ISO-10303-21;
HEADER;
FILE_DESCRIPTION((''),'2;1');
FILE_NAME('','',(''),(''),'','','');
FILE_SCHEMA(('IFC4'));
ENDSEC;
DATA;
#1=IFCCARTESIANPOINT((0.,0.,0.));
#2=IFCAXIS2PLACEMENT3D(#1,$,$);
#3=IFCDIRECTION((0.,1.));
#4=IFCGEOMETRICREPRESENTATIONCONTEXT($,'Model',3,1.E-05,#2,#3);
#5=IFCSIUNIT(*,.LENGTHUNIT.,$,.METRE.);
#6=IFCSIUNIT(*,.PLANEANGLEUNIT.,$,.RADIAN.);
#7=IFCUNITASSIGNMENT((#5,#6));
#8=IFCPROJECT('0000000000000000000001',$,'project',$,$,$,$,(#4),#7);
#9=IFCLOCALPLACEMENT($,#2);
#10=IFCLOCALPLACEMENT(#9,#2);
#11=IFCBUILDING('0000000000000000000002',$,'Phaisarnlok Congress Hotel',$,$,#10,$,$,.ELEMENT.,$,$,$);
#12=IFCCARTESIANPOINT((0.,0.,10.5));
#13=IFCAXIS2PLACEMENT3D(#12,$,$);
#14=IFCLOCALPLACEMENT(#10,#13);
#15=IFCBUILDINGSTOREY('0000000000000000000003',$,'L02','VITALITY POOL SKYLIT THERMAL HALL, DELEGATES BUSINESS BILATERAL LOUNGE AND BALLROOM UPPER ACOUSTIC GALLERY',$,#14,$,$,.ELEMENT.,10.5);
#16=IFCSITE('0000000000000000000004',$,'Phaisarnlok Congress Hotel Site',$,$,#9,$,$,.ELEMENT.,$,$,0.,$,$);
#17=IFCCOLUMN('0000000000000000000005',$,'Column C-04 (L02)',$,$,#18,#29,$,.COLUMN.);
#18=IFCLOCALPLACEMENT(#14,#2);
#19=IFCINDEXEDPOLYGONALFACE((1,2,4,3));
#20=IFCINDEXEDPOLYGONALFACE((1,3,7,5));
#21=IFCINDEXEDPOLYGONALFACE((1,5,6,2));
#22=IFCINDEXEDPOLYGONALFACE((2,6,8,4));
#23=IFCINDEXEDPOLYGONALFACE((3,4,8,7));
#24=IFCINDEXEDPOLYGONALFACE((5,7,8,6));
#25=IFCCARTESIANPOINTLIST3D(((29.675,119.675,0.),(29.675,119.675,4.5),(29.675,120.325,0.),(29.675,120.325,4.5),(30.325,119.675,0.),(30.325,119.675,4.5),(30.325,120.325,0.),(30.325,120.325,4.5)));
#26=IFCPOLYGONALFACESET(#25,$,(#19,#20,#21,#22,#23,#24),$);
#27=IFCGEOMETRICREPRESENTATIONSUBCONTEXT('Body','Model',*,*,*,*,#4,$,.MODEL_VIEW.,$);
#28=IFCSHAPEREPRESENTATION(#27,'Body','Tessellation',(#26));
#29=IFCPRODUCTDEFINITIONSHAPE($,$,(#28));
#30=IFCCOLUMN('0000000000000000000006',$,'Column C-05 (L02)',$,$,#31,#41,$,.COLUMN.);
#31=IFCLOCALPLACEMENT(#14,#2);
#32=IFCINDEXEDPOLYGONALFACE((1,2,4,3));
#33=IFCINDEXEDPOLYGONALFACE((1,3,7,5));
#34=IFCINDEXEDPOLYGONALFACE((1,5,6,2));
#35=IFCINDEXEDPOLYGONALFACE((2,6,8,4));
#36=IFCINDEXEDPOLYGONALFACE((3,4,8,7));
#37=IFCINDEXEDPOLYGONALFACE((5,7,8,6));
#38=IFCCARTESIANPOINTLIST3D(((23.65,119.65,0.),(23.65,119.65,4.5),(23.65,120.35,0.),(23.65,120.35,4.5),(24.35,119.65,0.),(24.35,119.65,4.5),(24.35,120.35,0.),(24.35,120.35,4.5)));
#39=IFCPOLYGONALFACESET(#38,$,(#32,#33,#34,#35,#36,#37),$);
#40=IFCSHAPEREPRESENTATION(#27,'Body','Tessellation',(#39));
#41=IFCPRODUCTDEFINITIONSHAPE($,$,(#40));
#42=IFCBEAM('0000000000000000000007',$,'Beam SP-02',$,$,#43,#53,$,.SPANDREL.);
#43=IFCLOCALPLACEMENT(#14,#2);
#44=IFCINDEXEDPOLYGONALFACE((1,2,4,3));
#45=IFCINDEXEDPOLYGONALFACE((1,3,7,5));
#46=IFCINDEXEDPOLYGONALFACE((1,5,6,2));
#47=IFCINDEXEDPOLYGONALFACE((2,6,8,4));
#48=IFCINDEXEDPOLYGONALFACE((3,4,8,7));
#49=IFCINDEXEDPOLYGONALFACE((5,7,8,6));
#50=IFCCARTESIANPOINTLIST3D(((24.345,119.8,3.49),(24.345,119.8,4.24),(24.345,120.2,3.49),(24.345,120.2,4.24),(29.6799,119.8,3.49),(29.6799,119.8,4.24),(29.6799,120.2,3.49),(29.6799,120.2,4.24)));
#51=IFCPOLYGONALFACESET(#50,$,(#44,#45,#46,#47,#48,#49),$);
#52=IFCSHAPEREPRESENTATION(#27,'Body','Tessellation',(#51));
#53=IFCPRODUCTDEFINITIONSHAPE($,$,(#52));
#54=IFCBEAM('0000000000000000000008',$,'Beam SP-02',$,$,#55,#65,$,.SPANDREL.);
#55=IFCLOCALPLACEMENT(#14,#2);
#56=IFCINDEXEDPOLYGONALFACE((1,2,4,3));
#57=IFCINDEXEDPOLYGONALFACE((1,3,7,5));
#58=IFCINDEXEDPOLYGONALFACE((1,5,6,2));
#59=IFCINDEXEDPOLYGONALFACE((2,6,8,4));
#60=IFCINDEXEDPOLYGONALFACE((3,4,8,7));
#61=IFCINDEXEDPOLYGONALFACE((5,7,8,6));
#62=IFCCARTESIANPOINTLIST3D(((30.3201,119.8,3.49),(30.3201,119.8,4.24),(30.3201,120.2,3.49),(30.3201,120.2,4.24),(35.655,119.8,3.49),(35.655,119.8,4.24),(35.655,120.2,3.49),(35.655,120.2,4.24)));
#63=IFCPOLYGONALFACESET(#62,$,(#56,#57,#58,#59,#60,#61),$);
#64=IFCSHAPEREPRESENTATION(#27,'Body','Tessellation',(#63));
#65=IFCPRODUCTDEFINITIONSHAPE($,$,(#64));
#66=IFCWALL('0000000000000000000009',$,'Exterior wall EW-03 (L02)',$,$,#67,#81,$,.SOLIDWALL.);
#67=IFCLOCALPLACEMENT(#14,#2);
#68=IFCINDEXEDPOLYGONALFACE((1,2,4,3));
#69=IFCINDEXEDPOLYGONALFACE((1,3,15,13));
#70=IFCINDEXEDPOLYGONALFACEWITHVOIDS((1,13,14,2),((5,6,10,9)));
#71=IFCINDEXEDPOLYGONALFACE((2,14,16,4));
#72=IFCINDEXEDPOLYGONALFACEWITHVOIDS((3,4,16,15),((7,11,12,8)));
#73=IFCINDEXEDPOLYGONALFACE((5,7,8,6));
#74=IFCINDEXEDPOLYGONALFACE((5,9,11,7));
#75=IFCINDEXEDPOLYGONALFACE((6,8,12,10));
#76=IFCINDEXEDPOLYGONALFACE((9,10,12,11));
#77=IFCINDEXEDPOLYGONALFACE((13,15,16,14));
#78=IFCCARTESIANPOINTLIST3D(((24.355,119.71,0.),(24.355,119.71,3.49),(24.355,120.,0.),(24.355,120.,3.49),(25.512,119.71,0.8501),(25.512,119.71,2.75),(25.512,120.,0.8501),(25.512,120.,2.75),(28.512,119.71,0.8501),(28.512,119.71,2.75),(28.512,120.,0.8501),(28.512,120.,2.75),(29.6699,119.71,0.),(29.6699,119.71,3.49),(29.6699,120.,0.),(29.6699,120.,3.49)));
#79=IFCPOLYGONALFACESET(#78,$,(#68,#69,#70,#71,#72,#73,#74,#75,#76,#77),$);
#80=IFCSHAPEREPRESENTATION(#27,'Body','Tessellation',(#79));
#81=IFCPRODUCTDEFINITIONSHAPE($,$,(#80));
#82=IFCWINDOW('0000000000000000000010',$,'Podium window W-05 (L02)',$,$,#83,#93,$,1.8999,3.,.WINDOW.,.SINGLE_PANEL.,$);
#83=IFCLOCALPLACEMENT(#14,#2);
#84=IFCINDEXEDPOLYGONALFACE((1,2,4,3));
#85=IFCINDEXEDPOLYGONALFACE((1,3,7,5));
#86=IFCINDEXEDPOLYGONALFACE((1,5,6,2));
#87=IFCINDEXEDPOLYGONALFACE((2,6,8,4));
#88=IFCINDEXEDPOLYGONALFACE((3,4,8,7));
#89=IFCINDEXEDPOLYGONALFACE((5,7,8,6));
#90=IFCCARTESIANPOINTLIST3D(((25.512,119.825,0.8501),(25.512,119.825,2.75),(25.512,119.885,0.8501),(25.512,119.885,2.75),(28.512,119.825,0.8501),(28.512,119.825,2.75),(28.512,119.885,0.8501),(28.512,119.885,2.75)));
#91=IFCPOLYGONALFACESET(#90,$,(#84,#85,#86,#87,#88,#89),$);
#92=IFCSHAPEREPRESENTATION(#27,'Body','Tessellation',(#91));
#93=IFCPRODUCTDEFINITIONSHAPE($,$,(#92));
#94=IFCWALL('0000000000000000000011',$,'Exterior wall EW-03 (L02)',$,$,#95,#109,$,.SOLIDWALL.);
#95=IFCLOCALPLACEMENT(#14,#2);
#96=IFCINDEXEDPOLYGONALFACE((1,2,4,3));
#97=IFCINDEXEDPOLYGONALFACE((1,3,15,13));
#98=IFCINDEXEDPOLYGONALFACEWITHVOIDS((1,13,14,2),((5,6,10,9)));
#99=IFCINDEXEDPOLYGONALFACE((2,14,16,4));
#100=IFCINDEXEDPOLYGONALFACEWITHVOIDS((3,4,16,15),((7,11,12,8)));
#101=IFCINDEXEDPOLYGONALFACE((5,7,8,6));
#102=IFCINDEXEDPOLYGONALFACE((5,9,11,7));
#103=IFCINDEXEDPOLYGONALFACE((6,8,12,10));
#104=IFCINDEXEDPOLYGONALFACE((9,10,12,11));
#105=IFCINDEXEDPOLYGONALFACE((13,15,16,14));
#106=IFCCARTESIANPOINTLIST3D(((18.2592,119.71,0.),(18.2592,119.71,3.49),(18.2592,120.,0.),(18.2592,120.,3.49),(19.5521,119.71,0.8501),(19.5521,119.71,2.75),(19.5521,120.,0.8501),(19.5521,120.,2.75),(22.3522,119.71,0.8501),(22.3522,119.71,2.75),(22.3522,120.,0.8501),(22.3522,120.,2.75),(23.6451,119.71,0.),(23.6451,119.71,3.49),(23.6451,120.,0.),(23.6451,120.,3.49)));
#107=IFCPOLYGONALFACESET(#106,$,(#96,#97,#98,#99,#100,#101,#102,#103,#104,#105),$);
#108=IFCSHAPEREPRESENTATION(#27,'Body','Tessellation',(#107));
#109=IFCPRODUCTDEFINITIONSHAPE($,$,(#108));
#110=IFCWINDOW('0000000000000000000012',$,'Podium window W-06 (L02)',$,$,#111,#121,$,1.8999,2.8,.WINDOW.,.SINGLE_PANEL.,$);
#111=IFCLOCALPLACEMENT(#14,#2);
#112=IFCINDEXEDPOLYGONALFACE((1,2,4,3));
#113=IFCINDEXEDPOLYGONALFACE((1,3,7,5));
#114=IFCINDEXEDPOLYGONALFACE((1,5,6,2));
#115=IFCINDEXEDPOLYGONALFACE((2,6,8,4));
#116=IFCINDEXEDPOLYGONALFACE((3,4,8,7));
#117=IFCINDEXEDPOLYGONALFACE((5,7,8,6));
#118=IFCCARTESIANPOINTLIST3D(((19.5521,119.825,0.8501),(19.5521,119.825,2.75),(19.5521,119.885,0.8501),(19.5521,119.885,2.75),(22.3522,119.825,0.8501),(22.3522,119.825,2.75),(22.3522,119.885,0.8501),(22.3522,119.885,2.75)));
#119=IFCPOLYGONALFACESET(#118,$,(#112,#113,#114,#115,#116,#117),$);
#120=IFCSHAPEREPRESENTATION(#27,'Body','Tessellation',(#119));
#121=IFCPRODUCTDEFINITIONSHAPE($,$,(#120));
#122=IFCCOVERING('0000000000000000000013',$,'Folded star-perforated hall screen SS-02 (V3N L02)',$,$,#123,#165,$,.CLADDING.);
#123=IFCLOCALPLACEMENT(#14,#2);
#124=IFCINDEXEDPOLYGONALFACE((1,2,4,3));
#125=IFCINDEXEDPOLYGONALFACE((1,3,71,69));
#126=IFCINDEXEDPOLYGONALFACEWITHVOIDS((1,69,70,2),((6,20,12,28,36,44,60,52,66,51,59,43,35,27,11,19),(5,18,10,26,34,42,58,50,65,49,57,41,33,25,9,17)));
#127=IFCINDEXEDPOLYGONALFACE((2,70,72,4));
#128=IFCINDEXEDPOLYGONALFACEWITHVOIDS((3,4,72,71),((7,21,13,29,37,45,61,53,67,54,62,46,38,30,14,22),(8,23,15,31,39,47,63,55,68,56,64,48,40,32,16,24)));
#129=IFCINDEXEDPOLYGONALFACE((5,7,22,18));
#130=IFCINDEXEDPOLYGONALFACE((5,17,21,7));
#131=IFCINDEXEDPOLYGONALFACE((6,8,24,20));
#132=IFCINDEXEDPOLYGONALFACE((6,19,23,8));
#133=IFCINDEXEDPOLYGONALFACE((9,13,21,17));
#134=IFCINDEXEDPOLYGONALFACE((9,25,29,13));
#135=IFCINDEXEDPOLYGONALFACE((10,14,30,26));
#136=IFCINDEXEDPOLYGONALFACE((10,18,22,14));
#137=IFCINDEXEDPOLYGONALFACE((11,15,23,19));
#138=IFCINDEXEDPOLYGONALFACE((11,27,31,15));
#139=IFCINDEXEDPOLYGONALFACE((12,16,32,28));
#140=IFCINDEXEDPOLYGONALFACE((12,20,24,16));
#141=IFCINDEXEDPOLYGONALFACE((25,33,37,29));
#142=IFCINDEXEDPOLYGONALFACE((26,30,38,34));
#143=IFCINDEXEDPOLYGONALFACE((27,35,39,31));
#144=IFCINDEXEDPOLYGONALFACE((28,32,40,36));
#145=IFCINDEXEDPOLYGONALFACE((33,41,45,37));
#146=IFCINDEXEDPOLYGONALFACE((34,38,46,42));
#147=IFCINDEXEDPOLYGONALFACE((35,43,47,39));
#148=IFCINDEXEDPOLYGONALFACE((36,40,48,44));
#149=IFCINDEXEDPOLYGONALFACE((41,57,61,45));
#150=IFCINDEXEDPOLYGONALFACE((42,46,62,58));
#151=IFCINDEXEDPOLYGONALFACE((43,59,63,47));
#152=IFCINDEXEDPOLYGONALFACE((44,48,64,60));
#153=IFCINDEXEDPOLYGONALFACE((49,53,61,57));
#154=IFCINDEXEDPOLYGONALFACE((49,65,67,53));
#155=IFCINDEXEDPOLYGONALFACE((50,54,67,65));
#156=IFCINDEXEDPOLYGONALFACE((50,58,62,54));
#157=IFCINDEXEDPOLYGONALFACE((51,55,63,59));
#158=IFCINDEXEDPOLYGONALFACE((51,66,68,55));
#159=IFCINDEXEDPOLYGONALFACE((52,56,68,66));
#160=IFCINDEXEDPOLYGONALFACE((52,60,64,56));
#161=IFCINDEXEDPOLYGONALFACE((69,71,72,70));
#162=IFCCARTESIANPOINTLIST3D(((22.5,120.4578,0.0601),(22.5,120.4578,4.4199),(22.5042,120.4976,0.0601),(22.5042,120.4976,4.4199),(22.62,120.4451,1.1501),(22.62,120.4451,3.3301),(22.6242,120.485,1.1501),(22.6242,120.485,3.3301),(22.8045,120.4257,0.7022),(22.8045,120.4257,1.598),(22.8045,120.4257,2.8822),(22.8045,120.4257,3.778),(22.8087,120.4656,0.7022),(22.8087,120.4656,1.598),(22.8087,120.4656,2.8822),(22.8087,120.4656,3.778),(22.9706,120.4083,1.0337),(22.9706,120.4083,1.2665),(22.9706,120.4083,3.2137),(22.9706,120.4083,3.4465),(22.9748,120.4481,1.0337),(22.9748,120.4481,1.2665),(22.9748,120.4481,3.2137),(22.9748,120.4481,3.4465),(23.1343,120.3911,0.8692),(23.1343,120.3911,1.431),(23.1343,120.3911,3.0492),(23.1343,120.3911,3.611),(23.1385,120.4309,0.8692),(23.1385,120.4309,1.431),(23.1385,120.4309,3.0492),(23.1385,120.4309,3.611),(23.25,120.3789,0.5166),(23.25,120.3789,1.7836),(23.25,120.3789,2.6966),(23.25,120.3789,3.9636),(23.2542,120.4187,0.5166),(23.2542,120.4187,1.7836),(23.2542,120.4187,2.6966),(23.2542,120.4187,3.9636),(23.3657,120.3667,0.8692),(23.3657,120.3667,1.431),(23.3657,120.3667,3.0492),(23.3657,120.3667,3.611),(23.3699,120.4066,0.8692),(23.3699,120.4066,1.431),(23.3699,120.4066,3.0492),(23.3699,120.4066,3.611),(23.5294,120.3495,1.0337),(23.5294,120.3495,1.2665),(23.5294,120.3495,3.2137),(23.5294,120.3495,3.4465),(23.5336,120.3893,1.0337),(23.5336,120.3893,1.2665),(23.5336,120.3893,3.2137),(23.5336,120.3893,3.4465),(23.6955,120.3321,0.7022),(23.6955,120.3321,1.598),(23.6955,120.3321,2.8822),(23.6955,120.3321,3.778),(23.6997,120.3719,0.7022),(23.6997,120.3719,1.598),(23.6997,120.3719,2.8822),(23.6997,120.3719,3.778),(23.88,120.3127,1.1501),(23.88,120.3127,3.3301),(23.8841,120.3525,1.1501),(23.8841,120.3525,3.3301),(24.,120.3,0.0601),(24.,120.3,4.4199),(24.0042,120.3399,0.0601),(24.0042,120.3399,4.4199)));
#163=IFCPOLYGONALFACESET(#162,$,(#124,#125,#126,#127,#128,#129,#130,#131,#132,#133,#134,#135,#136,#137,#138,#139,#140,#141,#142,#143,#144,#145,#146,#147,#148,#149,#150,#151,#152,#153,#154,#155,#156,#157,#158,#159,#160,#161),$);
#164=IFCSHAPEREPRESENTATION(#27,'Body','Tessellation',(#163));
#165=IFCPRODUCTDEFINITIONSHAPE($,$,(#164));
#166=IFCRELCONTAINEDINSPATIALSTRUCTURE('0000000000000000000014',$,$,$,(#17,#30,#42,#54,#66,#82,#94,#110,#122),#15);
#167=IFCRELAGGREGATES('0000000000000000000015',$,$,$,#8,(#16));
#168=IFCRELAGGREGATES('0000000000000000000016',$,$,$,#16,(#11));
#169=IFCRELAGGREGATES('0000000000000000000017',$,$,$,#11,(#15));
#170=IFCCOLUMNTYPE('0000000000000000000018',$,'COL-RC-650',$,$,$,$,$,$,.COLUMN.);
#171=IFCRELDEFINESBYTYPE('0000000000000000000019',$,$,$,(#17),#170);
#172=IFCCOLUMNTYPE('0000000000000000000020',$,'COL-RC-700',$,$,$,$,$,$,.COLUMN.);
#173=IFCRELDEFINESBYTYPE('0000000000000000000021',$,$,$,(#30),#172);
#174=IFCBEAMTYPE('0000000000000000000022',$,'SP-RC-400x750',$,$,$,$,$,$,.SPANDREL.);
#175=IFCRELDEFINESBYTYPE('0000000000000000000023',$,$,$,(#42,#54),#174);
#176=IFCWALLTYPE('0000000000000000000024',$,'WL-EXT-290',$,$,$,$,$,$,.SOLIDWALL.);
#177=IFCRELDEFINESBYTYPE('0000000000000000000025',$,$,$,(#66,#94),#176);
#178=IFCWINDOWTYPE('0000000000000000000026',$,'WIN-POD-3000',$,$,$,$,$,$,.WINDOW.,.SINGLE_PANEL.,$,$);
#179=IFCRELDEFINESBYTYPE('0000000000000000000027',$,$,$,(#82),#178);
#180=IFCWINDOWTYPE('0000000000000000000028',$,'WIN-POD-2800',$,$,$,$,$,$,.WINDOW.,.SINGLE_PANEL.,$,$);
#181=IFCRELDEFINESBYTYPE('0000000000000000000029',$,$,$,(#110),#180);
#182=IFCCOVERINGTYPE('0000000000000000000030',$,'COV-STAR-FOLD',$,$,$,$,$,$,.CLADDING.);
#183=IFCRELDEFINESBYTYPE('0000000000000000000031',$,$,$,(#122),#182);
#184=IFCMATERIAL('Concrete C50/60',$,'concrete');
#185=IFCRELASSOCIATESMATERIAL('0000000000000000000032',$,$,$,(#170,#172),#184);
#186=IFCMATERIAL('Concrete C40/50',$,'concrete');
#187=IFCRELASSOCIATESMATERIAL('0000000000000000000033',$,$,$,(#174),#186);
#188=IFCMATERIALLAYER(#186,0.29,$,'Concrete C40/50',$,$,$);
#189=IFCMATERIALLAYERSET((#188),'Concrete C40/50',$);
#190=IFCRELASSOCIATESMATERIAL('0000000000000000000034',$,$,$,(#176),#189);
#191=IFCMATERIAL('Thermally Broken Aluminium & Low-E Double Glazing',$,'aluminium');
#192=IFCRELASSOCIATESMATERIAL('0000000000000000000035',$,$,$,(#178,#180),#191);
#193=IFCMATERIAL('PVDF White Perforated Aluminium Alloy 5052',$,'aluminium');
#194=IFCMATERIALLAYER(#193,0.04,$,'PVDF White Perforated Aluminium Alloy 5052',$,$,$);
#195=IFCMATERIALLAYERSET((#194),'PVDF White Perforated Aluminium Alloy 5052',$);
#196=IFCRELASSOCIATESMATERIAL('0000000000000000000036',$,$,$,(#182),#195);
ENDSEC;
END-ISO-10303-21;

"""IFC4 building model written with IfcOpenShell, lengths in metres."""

from ifc_helpers import new_model, si_unit, direction, frame, frame_2d, origin, origin_2d, place, context, subcontext, project, spatial, polyline, rectangle, outline, extrude, material, layer, layer_set, material_profile, profile_set, type_object, element, fill, save


model = new_model("IFC4")

# Units and contexts
model_context = context("Model", 3, precision=1e-05, world=origin(), true_north=direction((0.0, 1.0)))
body_context = subcontext(model_context, "Body", "Model", "MODEL_VIEW")
ifc_project = project(units=[si_unit("LENGTHUNIT", "METRE"), si_unit("PLANEANGLEUNIT", "RADIAN")], contexts=[model_context])

# Site, building, storey
site_placement = place(None, origin())
site = spatial("IfcSite", under=ifc_project, at=site_placement, Name="Phaisarnlok Congress Hotel Site", CompositionType="ELEMENT", RefElevation=0.0)
building_placement = place(site_placement, origin())
building = spatial("IfcBuilding", under=site, at=building_placement, Name="Phaisarnlok Congress Hotel", CompositionType="ELEMENT")
storey_placement = place(building_placement, frame((0.0, 0.0, 10.5)))
storey = spatial("IfcBuildingStorey", under=building, at=storey_placement, Name="L02", Description="VITALITY POOL SKYLIT THERMAL HALL, DELEGATES BUSINESS BILATERAL LOUNGE AND BALLROOM UPPER ACOUSTIC GALLERY", CompositionType="ELEMENT", Elevation=10.5)

# Columns
ifc_material_1 = material(Name="Concrete C50/60", Category="concrete")
ifc_material_profile_1 = material_profile(ifc_material_1, rectangle(XDim=0.6499, YDim=0.6499, at=origin_2d()), Name="RC 650x650")
ifc_profile_set_1 = profile_set([ifc_material_profile_1], Name="Concrete C50/60")
column_type_1 = type_object("IfcColumnType", Name="COL-RC-650", PredefinedType="COLUMN", material=ifc_profile_set_1)
column_1_placement = place(storey_placement, frame((30.0, 120.0, 0.0), z_axis=(0.0, 0.0, 1.0), x_axis=(1.0, 0.0, 0.0)))
element("IfcColumn", 1, at=column_1_placement, inside=storey, type_object=column_type_1, Name="Column C-04 (L02)", PredefinedType="COLUMN", context=body_context, shape_type="SweptSolid", body=[
    extrude(rectangle(XDim=0.6499, YDim=0.6499, at=origin_2d()), origin(), (0.0, 0.0, 1.0), 4.5),
])
ifc_material_profile_2 = material_profile(ifc_material_1, rectangle(XDim=0.7, YDim=0.7, at=origin_2d()), Name="RC 700x700")
ifc_profile_set_2 = profile_set([ifc_material_profile_2], Name="Concrete C50/60")
column_type_2 = type_object("IfcColumnType", Name="COL-RC-700", PredefinedType="COLUMN", material=ifc_profile_set_2)
column_2_placement = place(storey_placement, frame((24.0, 120.0, 0.0), z_axis=(0.0, 0.0, 1.0), x_axis=(1.0, 0.0, 0.0)))
element("IfcColumn", 2, at=column_2_placement, inside=storey, type_object=column_type_2, Name="Column C-05 (L02)", PredefinedType="COLUMN", context=body_context, shape_type="SweptSolid", body=[
    extrude(rectangle(XDim=0.7, YDim=0.7, at=origin_2d()), origin(), (0.0, 0.0, 1.0), 4.5),
])

# Beams
ifc_material_2 = material(Name="Concrete C40/50", Category="concrete")
ifc_material_profile_3 = material_profile(ifc_material_2, rectangle(XDim=0.3999, YDim=0.75, at=origin_2d()), Name="RC 400x750")
ifc_profile_set_3 = profile_set([ifc_material_profile_3], Name="Concrete C40/50")
beam_type = type_object("IfcBeamType", Name="SP-RC-400x750", PredefinedType="SPANDREL", material=ifc_profile_set_3)
for number, where, z_axis, x_axis, name in (
    (3, (24.345, 120.0, 3.865), (1.0, 0.0, 0.0), (0.0, 1.0, 0.0), "Beam SP-02"),
    (4, (30.3201, 120.0, 3.865), (1.0, 0.0, 0.0), (0.0, 1.0, 0.0), "Beam SP-02"),
):
    element("IfcBeam", number, at=place(storey_placement, frame(where, z_axis=z_axis, x_axis=x_axis)), inside=storey, type_object=beam_type, Name=name, PredefinedType="SPANDREL", context=body_context, shape_type="SweptSolid", body=[
        extrude(rectangle(XDim=0.3999, YDim=0.75, at=origin_2d()), origin(), (0.0, 0.0, 1.0), 5.335),
    ])

# Walls, openings, windows
ifc_layer_1 = layer(ifc_material_2, 0.29, Name="Concrete C40/50")
ifc_layer_set_1 = layer_set([ifc_layer_1], Name="Concrete C40/50")
wall_type = type_object("IfcWallType", Name="WL-EXT-290", PredefinedType="SOLIDWALL", material=ifc_layer_set_1)
wall_1_placement = place(storey_placement, frame((29.6699, 119.855, 0.0), z_axis=(0.0, 0.0, 1.0), x_axis=(-1.0, 0.0, 0.0)))
wall_1 = element("IfcWall", 5, at=wall_1_placement, inside=storey, type_object=wall_type, Name="Exterior wall EW-03 (L02)", PredefinedType="SOLIDWALL", context=body_context, shape_type="SweptSolid", body=[
    extrude(rectangle(XDim=5.3149, YDim=0.29, at=frame_2d((2.6575, 0.0))), origin(), (0.0, 0.0, 1.0), 3.49),
])
opening_1_placement = place(wall_1_placement, frame((1.158, 0.0, 0.8501)))
opening_1 = element("IfcOpeningElement", 6, at=opening_1_placement, cuts=wall_1, PredefinedType="OPENING", context=body_context, shape_type="SweptSolid", body=[
    extrude(rectangle(XDim=3.0, YDim=1.8999, at=frame_2d((1.5, 0.95))), frame((0.0, 0.155, 0.0), z_axis=(0.0, -1.0, 0.0), x_axis=(1.0, 0.0, 0.0)), (0.0, 0.0, 1.0), 0.3101),
])
ifc_material_3 = material(Name="Thermally Broken Aluminium & Low-E Double Glazing", Category="aluminium")
window_type_1 = type_object("IfcWindowType", Name="WIN-POD-3000", PartitioningType="SINGLE_PANEL", PredefinedType="WINDOW", material=ifc_material_3)
window_1_placement = place(opening_1_placement, origin())
window_1 = element("IfcWindow", 7, at=window_1_placement, inside=storey, type_object=window_type_1, Name="Podium window W-05 (L02)", OverallHeight=1.8999, OverallWidth=3.0, PartitioningType="SINGLE_PANEL", PredefinedType="WINDOW", context=body_context, shape_type="SweptSolid", body=[
    extrude(rectangle(XDim=3.0, YDim=1.8999, at=frame_2d((1.5, 0.95))), frame((0.0, 0.03, 0.0), z_axis=(0.0, -1.0, 0.0), x_axis=(1.0, 0.0, 0.0)), (0.0, 0.0, 1.0), 0.0601),
])
fill(opening_1, window_1)
wall_2_placement = place(storey_placement, frame((23.645, 119.855, 0.0), z_axis=(0.0, 0.0, 1.0), x_axis=(-1.0, 0.0, 0.0)))
wall_2 = element("IfcWall", 8, at=wall_2_placement, inside=storey, type_object=wall_type, Name="Exterior wall EW-03 (L02)", PredefinedType="SOLIDWALL", context=body_context, shape_type="SweptSolid", body=[
    extrude(rectangle(XDim=5.386, YDim=0.29, at=frame_2d((2.6929, 0.0))), origin(), (0.0, 0.0, 1.0), 3.49),
])
opening_2_placement = place(wall_2_placement, frame((1.293, 0.0, 0.8501)))
opening_2 = element("IfcOpeningElement", 9, at=opening_2_placement, cuts=wall_2, PredefinedType="OPENING", context=body_context, shape_type="SweptSolid", body=[
    extrude(rectangle(XDim=2.8, YDim=1.8999, at=frame_2d((1.3999, 0.95))), frame((0.0, 0.155, 0.0), z_axis=(0.0, -1.0, 0.0), x_axis=(1.0, 0.0, 0.0)), (0.0, 0.0, 1.0), 0.3101),
])
window_type_2 = type_object("IfcWindowType", Name="WIN-POD-2800", PartitioningType="SINGLE_PANEL", PredefinedType="WINDOW", material=ifc_material_3)
window_2_placement = place(opening_2_placement, origin())
window_2 = element("IfcWindow", 10, at=window_2_placement, inside=storey, type_object=window_type_2, Name="Podium window W-06 (L02)", OverallHeight=1.8999, OverallWidth=2.8, PartitioningType="SINGLE_PANEL", PredefinedType="WINDOW", context=body_context, shape_type="SweptSolid", body=[
    extrude(rectangle(XDim=2.8, YDim=1.8999, at=frame_2d((1.3999, 0.95))), frame((0.0, 0.03, 0.0), z_axis=(0.0, -1.0, 0.0), x_axis=(1.0, 0.0, 0.0)), (0.0, 0.0, 1.0), 0.0601),
])
fill(opening_2, window_2)

# Covering
ifc_material_4 = material(Name="PVDF White Perforated Aluminium Alloy 5052", Category="aluminium")
ifc_layer_2 = layer(ifc_material_4, 0.04, Name="PVDF White Perforated Aluminium Alloy 5052")
ifc_layer_set_2 = layer_set([ifc_layer_2], Name="PVDF White Perforated Aluminium Alloy 5052")
covering_type = type_object("IfcCoveringType", Name="COV-STAR-FOLD", PredefinedType="CLADDING", material=ifc_layer_set_2)
for number, where, z_axis, x_axis, name in (
    (11, (24.0, 120.3, 0.0601), (0.104567, 0.994518, 0.0), (-0.994518, 0.104567, 0.0), "Folded star-perforated hall screen SS-02 (V3N L02)"),
):
    element("IfcCovering", number, at=place(storey_placement, frame(where, z_axis=z_axis, x_axis=x_axis)), inside=storey, type_object=covering_type, Name=name, PredefinedType="CLADDING", context=body_context, shape_type="SweptSolid", body=[
        extrude(outline(polyline([(0.0, 0.0), (1.5083, 0.0), (1.5083, 4.3599), (0.0, 4.3599), (0.0, 0.0)]), holes=[polyline([(1.0351, 0.9736), (1.2021, 0.6421), (0.8705, 0.8091), (0.7541, 0.4565), (0.6378, 0.8091), (0.3062, 0.6421), (0.4732, 0.9736), (0.1207, 1.09), (0.4732, 1.2064), (0.3062, 1.5379), (0.6378, 1.3709), (0.7541, 1.7235), (0.8705, 1.3709), (1.2021, 1.5379), (1.0351, 1.2064), (1.3876, 1.09), (1.0351, 0.9736)]), polyline([(1.0351, 3.1536), (1.2021, 2.8221), (0.8705, 2.9891), (0.7541, 2.6365), (0.6378, 2.9891), (0.3062, 2.8221), (0.4732, 3.1536), (0.1207, 3.27), (0.4732, 3.3864), (0.3062, 3.7179), (0.6378, 3.5509), (0.7541, 3.9035), (0.8705, 3.5509), (1.2021, 3.7179), (1.0351, 3.3864), (1.3876, 3.27), (1.0351, 3.1536)])]), origin(), (0.0, 0.0, 1.0), 0.04),
    ])

save(model, "model.ifc")
